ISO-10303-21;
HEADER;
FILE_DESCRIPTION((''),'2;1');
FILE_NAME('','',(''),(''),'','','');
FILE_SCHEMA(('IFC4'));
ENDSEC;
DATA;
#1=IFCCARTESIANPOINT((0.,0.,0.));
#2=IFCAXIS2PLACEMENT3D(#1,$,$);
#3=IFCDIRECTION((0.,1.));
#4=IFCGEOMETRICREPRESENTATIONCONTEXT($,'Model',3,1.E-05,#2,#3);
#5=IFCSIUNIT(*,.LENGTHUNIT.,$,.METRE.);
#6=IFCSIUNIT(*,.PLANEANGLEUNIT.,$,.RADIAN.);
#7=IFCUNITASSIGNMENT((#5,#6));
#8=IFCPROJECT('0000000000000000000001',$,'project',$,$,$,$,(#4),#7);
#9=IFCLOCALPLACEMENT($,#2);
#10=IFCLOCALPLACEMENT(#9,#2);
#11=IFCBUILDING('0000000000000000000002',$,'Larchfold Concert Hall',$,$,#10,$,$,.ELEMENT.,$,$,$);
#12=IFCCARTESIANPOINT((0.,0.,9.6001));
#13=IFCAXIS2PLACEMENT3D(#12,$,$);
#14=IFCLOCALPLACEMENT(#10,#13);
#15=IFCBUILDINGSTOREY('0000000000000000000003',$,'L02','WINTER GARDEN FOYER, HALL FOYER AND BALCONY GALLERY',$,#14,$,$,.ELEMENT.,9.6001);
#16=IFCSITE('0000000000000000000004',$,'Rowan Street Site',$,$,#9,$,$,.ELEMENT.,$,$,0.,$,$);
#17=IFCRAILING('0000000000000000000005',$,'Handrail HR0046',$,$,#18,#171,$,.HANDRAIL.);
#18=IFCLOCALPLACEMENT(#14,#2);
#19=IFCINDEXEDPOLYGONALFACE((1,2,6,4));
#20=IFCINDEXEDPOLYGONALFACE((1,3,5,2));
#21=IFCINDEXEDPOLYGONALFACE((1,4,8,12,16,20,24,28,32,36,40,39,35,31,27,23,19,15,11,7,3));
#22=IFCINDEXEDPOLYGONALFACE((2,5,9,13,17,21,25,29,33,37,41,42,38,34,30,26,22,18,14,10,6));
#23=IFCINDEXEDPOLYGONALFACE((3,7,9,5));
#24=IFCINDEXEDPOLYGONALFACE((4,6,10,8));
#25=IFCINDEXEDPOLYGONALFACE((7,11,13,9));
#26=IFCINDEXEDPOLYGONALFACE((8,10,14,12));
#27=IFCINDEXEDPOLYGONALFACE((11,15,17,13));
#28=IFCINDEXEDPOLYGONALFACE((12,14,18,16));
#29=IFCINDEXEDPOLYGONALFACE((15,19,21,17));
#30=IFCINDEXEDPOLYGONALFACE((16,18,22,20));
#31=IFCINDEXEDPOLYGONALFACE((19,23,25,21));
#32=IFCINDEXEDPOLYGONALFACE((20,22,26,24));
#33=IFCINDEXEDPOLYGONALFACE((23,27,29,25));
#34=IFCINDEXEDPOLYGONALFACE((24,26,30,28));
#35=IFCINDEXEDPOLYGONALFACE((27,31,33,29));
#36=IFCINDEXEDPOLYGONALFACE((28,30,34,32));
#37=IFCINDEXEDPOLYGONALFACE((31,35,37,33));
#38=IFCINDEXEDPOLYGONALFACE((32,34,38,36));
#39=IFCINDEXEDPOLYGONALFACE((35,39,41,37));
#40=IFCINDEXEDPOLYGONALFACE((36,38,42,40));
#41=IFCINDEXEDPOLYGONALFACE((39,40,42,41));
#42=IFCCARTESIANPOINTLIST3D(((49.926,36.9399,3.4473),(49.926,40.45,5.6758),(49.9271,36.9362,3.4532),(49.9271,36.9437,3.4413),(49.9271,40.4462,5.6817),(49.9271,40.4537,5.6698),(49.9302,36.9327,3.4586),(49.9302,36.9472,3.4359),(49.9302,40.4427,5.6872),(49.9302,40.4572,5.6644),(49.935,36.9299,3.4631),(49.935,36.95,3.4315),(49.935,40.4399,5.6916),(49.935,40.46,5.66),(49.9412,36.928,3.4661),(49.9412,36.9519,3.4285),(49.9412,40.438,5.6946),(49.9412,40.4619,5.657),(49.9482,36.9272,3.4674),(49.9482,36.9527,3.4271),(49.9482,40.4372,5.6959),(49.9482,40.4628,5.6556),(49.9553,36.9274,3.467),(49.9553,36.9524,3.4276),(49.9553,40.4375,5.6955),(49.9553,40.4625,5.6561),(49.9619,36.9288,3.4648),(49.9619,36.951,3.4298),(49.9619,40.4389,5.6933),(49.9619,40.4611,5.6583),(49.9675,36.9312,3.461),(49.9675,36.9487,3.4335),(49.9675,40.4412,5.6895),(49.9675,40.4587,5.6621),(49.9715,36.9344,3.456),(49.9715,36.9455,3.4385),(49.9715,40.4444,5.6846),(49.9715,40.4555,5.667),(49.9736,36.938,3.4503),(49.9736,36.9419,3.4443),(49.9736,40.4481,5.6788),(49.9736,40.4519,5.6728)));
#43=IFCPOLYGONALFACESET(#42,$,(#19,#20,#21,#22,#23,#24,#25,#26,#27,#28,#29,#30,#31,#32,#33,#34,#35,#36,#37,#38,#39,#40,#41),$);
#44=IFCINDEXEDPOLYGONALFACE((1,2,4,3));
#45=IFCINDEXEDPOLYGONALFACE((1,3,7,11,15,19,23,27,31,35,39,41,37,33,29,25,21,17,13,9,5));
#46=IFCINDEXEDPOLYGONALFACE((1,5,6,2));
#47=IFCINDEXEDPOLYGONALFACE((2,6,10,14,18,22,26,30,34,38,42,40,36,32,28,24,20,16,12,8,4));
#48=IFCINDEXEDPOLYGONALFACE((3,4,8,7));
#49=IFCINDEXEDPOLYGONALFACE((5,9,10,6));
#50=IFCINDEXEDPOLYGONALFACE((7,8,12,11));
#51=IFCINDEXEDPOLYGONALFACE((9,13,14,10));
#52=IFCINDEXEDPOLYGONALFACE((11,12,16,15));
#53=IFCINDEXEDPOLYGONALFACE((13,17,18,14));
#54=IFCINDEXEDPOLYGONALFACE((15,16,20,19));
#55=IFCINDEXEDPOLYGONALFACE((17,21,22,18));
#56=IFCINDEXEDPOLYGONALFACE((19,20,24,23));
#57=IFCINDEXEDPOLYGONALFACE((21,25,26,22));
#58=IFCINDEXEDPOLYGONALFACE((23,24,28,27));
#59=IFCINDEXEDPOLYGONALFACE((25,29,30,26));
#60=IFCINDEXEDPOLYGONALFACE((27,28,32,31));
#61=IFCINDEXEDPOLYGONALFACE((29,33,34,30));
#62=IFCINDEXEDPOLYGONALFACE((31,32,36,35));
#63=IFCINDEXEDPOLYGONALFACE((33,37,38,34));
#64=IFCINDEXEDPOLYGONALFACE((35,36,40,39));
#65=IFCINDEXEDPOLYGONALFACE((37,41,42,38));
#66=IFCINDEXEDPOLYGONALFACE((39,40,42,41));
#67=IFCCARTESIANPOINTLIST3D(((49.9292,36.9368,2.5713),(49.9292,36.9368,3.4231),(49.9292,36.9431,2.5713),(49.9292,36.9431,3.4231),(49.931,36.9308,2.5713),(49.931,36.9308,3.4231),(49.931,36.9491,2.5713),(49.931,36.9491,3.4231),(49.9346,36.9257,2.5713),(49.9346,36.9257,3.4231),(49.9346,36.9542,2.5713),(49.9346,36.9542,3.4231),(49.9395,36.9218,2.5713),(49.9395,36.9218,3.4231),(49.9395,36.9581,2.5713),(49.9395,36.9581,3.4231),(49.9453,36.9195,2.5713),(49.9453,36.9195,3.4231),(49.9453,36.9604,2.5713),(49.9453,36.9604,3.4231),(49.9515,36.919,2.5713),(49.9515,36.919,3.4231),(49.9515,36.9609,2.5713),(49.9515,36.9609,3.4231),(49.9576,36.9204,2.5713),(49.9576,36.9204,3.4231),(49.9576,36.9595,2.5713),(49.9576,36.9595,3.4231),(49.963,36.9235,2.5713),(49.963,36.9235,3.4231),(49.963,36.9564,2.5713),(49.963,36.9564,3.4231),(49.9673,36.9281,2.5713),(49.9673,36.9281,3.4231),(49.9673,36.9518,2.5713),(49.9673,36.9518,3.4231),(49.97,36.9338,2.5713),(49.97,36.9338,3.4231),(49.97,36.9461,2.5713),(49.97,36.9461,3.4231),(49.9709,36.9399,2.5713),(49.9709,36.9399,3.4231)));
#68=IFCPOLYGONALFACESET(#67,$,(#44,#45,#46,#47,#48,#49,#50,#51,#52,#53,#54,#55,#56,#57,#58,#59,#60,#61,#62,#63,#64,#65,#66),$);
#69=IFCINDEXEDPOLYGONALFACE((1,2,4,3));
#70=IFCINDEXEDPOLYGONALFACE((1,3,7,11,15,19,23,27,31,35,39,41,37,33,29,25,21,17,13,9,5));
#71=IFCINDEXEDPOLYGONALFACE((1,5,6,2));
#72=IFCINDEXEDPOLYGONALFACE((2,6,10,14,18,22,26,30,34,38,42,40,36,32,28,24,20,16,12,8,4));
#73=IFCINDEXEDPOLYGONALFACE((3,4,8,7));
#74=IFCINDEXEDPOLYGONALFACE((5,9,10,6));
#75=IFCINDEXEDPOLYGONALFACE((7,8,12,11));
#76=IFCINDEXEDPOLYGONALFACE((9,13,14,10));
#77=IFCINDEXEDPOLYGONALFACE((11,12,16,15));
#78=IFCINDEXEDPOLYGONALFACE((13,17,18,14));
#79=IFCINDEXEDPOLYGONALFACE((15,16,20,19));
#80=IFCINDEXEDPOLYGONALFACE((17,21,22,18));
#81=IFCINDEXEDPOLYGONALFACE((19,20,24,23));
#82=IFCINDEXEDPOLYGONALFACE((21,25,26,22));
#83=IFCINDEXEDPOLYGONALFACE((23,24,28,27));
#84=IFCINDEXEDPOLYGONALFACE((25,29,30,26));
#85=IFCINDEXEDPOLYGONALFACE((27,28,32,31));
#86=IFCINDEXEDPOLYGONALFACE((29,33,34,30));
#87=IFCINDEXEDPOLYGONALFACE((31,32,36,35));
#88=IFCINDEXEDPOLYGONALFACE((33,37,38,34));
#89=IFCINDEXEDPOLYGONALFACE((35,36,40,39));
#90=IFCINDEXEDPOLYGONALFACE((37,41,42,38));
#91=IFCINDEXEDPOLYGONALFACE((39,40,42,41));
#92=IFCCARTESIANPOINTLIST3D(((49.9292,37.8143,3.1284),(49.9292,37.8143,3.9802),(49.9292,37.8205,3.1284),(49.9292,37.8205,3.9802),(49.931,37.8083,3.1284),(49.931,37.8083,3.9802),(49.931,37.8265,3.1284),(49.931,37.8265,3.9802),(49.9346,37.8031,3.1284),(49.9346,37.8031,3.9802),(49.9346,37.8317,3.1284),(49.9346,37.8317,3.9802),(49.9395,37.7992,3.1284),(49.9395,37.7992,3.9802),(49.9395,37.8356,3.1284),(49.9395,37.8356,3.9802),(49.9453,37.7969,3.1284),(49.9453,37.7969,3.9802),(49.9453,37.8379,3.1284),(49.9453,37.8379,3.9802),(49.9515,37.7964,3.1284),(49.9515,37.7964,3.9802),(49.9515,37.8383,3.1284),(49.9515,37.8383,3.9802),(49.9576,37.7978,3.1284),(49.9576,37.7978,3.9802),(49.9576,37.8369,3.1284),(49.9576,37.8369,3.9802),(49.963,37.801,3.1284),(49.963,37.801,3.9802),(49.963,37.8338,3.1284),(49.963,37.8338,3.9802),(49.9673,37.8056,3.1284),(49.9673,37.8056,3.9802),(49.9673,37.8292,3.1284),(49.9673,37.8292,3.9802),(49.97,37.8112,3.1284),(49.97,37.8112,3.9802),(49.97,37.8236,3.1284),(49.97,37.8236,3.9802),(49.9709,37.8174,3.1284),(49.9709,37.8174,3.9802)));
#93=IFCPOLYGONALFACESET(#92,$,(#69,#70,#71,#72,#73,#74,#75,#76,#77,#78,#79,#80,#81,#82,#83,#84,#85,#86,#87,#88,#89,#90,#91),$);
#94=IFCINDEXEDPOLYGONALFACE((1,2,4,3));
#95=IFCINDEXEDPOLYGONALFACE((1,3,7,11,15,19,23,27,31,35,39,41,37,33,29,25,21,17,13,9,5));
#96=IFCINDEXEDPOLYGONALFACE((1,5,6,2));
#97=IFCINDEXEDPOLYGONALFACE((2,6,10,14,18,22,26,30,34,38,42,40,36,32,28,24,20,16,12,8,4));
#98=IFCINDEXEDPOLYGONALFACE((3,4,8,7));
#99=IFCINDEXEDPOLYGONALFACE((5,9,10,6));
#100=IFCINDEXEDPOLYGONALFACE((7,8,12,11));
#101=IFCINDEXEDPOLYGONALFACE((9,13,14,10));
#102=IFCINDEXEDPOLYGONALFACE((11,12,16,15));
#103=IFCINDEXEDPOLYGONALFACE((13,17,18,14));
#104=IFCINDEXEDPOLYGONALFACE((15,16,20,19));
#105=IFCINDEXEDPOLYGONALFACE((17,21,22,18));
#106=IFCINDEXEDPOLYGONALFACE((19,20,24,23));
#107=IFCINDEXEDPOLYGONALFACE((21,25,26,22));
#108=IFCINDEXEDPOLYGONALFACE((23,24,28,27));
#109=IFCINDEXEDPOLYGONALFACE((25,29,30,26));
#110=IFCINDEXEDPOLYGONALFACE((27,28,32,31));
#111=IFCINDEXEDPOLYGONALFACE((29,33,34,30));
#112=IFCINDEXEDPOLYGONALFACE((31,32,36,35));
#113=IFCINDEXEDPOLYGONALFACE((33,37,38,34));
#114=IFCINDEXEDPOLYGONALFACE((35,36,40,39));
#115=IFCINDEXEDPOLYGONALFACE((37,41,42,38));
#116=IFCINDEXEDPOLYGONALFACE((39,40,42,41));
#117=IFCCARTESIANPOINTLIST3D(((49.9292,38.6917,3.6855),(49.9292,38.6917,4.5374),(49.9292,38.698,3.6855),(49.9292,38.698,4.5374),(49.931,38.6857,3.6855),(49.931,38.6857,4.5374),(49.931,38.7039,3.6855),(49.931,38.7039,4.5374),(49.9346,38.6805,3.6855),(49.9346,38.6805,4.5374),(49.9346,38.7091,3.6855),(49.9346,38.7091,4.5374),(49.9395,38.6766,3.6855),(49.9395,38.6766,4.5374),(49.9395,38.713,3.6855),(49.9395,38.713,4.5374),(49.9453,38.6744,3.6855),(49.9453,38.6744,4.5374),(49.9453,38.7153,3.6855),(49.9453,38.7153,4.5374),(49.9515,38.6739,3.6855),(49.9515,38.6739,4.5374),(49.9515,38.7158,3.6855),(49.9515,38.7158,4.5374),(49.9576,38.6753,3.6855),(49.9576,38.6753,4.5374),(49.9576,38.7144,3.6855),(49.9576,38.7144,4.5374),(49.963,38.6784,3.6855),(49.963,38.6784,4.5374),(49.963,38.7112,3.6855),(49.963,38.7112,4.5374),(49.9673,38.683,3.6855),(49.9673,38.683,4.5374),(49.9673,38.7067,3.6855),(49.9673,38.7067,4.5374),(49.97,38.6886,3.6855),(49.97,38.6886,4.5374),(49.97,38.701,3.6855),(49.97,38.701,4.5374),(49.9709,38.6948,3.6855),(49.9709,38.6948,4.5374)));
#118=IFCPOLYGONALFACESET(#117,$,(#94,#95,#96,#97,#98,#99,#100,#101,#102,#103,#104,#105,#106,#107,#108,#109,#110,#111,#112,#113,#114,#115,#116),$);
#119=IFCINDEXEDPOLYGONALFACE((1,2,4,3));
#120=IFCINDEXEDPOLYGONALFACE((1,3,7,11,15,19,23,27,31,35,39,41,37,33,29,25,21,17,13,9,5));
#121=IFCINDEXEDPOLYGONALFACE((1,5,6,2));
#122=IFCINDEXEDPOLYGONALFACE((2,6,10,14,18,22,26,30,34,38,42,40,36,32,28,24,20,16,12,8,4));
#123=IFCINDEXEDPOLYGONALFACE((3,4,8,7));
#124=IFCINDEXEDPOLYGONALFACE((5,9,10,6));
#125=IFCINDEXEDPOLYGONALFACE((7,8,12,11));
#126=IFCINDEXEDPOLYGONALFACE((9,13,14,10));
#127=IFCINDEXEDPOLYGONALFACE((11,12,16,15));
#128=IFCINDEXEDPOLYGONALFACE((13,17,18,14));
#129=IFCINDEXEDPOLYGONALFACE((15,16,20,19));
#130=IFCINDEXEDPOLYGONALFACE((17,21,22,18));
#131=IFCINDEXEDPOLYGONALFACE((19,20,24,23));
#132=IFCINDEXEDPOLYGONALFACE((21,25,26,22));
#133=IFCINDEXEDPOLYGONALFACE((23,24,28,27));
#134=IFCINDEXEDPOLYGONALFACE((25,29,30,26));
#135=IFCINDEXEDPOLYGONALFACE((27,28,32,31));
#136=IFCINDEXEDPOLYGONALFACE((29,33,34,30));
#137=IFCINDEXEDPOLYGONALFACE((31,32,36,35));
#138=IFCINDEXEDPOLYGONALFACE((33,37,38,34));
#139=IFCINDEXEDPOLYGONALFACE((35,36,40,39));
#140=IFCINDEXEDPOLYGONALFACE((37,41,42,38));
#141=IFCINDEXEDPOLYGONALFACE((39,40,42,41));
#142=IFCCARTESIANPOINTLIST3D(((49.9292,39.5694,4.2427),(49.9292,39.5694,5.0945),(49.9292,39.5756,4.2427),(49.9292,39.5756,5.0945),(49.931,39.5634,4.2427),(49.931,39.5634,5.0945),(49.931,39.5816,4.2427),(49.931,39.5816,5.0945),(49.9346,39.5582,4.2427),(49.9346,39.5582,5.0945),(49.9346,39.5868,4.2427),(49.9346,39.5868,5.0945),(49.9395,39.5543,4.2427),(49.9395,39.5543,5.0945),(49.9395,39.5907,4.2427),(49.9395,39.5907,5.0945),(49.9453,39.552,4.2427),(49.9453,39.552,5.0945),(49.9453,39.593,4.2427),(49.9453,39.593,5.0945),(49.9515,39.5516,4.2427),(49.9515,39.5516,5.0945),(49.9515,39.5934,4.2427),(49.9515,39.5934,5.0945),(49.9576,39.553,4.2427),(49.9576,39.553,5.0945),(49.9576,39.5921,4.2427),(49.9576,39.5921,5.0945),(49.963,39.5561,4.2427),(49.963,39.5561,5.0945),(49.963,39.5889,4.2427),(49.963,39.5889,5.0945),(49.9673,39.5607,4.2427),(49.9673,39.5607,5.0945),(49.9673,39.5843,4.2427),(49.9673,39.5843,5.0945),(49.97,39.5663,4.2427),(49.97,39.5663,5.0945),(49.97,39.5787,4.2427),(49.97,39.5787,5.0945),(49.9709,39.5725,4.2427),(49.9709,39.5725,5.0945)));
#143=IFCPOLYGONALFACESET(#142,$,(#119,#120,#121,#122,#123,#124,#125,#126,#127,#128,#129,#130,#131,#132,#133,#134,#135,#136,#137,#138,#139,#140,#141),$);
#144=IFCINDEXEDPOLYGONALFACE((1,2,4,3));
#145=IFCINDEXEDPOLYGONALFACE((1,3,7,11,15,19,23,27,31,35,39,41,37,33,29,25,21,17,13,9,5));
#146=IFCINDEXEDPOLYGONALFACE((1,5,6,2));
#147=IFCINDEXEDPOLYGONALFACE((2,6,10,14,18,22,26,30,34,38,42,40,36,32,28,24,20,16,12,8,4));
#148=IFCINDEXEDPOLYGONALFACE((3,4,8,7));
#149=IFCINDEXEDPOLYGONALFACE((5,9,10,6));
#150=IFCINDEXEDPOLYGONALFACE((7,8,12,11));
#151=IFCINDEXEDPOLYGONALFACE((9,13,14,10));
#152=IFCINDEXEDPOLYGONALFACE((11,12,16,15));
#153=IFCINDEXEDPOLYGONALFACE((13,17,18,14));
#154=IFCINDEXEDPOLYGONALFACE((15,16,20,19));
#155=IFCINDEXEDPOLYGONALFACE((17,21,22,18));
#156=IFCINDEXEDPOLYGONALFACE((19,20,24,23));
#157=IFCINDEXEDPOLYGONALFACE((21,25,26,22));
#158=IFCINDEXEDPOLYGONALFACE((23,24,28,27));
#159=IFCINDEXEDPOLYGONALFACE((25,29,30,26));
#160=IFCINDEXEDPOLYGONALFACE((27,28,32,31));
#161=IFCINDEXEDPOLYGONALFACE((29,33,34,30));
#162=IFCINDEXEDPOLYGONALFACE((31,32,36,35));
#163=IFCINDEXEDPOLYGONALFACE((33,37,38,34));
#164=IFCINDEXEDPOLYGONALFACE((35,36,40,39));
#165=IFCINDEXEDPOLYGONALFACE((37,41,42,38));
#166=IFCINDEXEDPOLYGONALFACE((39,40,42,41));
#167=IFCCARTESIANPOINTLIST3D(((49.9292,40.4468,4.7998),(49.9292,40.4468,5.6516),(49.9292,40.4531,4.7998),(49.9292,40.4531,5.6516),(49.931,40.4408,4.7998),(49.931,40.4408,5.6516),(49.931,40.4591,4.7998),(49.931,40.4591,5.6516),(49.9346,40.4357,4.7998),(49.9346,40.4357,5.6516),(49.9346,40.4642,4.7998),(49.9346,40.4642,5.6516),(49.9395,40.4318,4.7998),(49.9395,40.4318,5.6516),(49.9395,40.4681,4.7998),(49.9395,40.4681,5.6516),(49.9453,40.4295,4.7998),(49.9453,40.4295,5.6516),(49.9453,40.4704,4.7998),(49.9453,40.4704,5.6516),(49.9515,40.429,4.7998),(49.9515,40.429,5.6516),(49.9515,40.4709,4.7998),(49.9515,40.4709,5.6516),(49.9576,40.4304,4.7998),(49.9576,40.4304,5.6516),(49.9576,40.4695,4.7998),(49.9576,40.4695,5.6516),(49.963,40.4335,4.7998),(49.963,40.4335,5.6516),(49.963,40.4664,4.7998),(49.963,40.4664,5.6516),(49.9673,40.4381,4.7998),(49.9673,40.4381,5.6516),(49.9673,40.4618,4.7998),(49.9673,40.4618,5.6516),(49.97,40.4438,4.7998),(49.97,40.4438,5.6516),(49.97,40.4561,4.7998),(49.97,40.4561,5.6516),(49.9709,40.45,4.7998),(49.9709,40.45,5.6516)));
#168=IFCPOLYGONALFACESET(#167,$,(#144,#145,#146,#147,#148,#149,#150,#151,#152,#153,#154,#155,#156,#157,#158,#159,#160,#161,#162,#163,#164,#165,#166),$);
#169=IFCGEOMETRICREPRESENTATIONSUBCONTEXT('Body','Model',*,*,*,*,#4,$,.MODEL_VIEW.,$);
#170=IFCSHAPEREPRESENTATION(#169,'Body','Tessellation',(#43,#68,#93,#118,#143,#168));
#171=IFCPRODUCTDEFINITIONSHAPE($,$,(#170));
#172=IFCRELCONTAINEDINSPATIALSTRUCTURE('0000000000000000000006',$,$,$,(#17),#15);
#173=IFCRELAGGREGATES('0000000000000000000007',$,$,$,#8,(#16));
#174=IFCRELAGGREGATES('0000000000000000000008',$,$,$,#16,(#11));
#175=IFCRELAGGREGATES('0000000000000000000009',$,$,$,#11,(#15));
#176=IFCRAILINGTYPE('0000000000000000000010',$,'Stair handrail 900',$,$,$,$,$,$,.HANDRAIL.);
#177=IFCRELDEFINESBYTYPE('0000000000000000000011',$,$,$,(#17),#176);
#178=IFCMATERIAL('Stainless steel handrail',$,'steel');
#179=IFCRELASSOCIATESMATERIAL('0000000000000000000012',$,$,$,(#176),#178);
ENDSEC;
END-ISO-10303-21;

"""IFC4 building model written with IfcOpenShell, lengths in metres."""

from ifc_helpers import new_model, si_unit, direction, frame, origin, origin_2d, place, context, subcontext, project, spatial, circle, extrude, material, type_object, element, save


model = new_model("IFC4")

# Units and contexts
model_context = context("Model", 3, precision=1e-05, world=origin(), true_north=direction((0.0, 1.0)))
body_context = subcontext(model_context, "Body", "Model", "MODEL_VIEW")
ifc_project = project(units=[si_unit("LENGTHUNIT", "METRE"), si_unit("PLANEANGLEUNIT", "RADIAN")], contexts=[model_context])

# Site, building, storey
site_placement = place(None, origin())
site = spatial("IfcSite", under=ifc_project, at=site_placement, Name="Rowan Street Site", CompositionType="ELEMENT", RefElevation=0.0)
building_placement = place(site_placement, origin())
building = spatial("IfcBuilding", under=site, at=building_placement, Name="Larchfold Concert Hall", CompositionType="ELEMENT")
storey_placement = place(building_placement, frame((0.0, 0.0, 9.6001)))
storey = spatial("IfcBuildingStorey", under=building, at=storey_placement, Name="L02", Description="WINTER GARDEN FOYER, HALL FOYER AND BALCONY GALLERY", CompositionType="ELEMENT", Elevation=9.6001)

# Railing
ifc_material_1 = material(Name="Stainless steel handrail", Category="steel")
railing_type_1 = type_object("IfcRailingType", Name="Stair handrail 900", PredefinedType="HANDRAIL", material=ifc_material_1)
railing_1_placement = place(storey_placement, frame((49.95, 36.9399, 2.5713)))
element("IfcRailing", 1, at=railing_1_placement, inside=storey, type_object=railing_type_1, Name="Handrail HR0046", PredefinedType="HANDRAIL", context=body_context, shape_type="SweptSolid", body=[
    extrude(circle(Radius=0.0239, at=origin_2d()), frame((0.0, 0.0, 0.876), z_axis=(0.0, 0.84422, 0.535998), x_axis=(-1.0, 0.0, 0.0)), (0.0, 0.0, 1.0), 4.1577),
    extrude(circle(Radius=0.021, at=origin_2d()), origin(), (0.0, 0.0, 1.0), 0.8518),
    extrude(circle(Radius=0.021, at=origin_2d()), frame((0.0, 0.8774, 0.5571)), (0.0, 0.0, 1.0), 0.8518),
    extrude(circle(Radius=0.021, at=origin_2d()), frame((0.0, 1.7549, 1.1143)), (0.0, 0.0, 1.0), 0.8518),
    extrude(circle(Radius=0.021, at=origin_2d()), frame((0.0, 2.6326, 1.6714)), (0.0, 0.0, 1.0), 0.8518),
    extrude(circle(Radius=0.021, at=origin_2d()), frame((0.0, 3.51, 2.2285)), (0.0, 0.0, 1.0), 0.8518),
])

save(model, "model.ifc")
